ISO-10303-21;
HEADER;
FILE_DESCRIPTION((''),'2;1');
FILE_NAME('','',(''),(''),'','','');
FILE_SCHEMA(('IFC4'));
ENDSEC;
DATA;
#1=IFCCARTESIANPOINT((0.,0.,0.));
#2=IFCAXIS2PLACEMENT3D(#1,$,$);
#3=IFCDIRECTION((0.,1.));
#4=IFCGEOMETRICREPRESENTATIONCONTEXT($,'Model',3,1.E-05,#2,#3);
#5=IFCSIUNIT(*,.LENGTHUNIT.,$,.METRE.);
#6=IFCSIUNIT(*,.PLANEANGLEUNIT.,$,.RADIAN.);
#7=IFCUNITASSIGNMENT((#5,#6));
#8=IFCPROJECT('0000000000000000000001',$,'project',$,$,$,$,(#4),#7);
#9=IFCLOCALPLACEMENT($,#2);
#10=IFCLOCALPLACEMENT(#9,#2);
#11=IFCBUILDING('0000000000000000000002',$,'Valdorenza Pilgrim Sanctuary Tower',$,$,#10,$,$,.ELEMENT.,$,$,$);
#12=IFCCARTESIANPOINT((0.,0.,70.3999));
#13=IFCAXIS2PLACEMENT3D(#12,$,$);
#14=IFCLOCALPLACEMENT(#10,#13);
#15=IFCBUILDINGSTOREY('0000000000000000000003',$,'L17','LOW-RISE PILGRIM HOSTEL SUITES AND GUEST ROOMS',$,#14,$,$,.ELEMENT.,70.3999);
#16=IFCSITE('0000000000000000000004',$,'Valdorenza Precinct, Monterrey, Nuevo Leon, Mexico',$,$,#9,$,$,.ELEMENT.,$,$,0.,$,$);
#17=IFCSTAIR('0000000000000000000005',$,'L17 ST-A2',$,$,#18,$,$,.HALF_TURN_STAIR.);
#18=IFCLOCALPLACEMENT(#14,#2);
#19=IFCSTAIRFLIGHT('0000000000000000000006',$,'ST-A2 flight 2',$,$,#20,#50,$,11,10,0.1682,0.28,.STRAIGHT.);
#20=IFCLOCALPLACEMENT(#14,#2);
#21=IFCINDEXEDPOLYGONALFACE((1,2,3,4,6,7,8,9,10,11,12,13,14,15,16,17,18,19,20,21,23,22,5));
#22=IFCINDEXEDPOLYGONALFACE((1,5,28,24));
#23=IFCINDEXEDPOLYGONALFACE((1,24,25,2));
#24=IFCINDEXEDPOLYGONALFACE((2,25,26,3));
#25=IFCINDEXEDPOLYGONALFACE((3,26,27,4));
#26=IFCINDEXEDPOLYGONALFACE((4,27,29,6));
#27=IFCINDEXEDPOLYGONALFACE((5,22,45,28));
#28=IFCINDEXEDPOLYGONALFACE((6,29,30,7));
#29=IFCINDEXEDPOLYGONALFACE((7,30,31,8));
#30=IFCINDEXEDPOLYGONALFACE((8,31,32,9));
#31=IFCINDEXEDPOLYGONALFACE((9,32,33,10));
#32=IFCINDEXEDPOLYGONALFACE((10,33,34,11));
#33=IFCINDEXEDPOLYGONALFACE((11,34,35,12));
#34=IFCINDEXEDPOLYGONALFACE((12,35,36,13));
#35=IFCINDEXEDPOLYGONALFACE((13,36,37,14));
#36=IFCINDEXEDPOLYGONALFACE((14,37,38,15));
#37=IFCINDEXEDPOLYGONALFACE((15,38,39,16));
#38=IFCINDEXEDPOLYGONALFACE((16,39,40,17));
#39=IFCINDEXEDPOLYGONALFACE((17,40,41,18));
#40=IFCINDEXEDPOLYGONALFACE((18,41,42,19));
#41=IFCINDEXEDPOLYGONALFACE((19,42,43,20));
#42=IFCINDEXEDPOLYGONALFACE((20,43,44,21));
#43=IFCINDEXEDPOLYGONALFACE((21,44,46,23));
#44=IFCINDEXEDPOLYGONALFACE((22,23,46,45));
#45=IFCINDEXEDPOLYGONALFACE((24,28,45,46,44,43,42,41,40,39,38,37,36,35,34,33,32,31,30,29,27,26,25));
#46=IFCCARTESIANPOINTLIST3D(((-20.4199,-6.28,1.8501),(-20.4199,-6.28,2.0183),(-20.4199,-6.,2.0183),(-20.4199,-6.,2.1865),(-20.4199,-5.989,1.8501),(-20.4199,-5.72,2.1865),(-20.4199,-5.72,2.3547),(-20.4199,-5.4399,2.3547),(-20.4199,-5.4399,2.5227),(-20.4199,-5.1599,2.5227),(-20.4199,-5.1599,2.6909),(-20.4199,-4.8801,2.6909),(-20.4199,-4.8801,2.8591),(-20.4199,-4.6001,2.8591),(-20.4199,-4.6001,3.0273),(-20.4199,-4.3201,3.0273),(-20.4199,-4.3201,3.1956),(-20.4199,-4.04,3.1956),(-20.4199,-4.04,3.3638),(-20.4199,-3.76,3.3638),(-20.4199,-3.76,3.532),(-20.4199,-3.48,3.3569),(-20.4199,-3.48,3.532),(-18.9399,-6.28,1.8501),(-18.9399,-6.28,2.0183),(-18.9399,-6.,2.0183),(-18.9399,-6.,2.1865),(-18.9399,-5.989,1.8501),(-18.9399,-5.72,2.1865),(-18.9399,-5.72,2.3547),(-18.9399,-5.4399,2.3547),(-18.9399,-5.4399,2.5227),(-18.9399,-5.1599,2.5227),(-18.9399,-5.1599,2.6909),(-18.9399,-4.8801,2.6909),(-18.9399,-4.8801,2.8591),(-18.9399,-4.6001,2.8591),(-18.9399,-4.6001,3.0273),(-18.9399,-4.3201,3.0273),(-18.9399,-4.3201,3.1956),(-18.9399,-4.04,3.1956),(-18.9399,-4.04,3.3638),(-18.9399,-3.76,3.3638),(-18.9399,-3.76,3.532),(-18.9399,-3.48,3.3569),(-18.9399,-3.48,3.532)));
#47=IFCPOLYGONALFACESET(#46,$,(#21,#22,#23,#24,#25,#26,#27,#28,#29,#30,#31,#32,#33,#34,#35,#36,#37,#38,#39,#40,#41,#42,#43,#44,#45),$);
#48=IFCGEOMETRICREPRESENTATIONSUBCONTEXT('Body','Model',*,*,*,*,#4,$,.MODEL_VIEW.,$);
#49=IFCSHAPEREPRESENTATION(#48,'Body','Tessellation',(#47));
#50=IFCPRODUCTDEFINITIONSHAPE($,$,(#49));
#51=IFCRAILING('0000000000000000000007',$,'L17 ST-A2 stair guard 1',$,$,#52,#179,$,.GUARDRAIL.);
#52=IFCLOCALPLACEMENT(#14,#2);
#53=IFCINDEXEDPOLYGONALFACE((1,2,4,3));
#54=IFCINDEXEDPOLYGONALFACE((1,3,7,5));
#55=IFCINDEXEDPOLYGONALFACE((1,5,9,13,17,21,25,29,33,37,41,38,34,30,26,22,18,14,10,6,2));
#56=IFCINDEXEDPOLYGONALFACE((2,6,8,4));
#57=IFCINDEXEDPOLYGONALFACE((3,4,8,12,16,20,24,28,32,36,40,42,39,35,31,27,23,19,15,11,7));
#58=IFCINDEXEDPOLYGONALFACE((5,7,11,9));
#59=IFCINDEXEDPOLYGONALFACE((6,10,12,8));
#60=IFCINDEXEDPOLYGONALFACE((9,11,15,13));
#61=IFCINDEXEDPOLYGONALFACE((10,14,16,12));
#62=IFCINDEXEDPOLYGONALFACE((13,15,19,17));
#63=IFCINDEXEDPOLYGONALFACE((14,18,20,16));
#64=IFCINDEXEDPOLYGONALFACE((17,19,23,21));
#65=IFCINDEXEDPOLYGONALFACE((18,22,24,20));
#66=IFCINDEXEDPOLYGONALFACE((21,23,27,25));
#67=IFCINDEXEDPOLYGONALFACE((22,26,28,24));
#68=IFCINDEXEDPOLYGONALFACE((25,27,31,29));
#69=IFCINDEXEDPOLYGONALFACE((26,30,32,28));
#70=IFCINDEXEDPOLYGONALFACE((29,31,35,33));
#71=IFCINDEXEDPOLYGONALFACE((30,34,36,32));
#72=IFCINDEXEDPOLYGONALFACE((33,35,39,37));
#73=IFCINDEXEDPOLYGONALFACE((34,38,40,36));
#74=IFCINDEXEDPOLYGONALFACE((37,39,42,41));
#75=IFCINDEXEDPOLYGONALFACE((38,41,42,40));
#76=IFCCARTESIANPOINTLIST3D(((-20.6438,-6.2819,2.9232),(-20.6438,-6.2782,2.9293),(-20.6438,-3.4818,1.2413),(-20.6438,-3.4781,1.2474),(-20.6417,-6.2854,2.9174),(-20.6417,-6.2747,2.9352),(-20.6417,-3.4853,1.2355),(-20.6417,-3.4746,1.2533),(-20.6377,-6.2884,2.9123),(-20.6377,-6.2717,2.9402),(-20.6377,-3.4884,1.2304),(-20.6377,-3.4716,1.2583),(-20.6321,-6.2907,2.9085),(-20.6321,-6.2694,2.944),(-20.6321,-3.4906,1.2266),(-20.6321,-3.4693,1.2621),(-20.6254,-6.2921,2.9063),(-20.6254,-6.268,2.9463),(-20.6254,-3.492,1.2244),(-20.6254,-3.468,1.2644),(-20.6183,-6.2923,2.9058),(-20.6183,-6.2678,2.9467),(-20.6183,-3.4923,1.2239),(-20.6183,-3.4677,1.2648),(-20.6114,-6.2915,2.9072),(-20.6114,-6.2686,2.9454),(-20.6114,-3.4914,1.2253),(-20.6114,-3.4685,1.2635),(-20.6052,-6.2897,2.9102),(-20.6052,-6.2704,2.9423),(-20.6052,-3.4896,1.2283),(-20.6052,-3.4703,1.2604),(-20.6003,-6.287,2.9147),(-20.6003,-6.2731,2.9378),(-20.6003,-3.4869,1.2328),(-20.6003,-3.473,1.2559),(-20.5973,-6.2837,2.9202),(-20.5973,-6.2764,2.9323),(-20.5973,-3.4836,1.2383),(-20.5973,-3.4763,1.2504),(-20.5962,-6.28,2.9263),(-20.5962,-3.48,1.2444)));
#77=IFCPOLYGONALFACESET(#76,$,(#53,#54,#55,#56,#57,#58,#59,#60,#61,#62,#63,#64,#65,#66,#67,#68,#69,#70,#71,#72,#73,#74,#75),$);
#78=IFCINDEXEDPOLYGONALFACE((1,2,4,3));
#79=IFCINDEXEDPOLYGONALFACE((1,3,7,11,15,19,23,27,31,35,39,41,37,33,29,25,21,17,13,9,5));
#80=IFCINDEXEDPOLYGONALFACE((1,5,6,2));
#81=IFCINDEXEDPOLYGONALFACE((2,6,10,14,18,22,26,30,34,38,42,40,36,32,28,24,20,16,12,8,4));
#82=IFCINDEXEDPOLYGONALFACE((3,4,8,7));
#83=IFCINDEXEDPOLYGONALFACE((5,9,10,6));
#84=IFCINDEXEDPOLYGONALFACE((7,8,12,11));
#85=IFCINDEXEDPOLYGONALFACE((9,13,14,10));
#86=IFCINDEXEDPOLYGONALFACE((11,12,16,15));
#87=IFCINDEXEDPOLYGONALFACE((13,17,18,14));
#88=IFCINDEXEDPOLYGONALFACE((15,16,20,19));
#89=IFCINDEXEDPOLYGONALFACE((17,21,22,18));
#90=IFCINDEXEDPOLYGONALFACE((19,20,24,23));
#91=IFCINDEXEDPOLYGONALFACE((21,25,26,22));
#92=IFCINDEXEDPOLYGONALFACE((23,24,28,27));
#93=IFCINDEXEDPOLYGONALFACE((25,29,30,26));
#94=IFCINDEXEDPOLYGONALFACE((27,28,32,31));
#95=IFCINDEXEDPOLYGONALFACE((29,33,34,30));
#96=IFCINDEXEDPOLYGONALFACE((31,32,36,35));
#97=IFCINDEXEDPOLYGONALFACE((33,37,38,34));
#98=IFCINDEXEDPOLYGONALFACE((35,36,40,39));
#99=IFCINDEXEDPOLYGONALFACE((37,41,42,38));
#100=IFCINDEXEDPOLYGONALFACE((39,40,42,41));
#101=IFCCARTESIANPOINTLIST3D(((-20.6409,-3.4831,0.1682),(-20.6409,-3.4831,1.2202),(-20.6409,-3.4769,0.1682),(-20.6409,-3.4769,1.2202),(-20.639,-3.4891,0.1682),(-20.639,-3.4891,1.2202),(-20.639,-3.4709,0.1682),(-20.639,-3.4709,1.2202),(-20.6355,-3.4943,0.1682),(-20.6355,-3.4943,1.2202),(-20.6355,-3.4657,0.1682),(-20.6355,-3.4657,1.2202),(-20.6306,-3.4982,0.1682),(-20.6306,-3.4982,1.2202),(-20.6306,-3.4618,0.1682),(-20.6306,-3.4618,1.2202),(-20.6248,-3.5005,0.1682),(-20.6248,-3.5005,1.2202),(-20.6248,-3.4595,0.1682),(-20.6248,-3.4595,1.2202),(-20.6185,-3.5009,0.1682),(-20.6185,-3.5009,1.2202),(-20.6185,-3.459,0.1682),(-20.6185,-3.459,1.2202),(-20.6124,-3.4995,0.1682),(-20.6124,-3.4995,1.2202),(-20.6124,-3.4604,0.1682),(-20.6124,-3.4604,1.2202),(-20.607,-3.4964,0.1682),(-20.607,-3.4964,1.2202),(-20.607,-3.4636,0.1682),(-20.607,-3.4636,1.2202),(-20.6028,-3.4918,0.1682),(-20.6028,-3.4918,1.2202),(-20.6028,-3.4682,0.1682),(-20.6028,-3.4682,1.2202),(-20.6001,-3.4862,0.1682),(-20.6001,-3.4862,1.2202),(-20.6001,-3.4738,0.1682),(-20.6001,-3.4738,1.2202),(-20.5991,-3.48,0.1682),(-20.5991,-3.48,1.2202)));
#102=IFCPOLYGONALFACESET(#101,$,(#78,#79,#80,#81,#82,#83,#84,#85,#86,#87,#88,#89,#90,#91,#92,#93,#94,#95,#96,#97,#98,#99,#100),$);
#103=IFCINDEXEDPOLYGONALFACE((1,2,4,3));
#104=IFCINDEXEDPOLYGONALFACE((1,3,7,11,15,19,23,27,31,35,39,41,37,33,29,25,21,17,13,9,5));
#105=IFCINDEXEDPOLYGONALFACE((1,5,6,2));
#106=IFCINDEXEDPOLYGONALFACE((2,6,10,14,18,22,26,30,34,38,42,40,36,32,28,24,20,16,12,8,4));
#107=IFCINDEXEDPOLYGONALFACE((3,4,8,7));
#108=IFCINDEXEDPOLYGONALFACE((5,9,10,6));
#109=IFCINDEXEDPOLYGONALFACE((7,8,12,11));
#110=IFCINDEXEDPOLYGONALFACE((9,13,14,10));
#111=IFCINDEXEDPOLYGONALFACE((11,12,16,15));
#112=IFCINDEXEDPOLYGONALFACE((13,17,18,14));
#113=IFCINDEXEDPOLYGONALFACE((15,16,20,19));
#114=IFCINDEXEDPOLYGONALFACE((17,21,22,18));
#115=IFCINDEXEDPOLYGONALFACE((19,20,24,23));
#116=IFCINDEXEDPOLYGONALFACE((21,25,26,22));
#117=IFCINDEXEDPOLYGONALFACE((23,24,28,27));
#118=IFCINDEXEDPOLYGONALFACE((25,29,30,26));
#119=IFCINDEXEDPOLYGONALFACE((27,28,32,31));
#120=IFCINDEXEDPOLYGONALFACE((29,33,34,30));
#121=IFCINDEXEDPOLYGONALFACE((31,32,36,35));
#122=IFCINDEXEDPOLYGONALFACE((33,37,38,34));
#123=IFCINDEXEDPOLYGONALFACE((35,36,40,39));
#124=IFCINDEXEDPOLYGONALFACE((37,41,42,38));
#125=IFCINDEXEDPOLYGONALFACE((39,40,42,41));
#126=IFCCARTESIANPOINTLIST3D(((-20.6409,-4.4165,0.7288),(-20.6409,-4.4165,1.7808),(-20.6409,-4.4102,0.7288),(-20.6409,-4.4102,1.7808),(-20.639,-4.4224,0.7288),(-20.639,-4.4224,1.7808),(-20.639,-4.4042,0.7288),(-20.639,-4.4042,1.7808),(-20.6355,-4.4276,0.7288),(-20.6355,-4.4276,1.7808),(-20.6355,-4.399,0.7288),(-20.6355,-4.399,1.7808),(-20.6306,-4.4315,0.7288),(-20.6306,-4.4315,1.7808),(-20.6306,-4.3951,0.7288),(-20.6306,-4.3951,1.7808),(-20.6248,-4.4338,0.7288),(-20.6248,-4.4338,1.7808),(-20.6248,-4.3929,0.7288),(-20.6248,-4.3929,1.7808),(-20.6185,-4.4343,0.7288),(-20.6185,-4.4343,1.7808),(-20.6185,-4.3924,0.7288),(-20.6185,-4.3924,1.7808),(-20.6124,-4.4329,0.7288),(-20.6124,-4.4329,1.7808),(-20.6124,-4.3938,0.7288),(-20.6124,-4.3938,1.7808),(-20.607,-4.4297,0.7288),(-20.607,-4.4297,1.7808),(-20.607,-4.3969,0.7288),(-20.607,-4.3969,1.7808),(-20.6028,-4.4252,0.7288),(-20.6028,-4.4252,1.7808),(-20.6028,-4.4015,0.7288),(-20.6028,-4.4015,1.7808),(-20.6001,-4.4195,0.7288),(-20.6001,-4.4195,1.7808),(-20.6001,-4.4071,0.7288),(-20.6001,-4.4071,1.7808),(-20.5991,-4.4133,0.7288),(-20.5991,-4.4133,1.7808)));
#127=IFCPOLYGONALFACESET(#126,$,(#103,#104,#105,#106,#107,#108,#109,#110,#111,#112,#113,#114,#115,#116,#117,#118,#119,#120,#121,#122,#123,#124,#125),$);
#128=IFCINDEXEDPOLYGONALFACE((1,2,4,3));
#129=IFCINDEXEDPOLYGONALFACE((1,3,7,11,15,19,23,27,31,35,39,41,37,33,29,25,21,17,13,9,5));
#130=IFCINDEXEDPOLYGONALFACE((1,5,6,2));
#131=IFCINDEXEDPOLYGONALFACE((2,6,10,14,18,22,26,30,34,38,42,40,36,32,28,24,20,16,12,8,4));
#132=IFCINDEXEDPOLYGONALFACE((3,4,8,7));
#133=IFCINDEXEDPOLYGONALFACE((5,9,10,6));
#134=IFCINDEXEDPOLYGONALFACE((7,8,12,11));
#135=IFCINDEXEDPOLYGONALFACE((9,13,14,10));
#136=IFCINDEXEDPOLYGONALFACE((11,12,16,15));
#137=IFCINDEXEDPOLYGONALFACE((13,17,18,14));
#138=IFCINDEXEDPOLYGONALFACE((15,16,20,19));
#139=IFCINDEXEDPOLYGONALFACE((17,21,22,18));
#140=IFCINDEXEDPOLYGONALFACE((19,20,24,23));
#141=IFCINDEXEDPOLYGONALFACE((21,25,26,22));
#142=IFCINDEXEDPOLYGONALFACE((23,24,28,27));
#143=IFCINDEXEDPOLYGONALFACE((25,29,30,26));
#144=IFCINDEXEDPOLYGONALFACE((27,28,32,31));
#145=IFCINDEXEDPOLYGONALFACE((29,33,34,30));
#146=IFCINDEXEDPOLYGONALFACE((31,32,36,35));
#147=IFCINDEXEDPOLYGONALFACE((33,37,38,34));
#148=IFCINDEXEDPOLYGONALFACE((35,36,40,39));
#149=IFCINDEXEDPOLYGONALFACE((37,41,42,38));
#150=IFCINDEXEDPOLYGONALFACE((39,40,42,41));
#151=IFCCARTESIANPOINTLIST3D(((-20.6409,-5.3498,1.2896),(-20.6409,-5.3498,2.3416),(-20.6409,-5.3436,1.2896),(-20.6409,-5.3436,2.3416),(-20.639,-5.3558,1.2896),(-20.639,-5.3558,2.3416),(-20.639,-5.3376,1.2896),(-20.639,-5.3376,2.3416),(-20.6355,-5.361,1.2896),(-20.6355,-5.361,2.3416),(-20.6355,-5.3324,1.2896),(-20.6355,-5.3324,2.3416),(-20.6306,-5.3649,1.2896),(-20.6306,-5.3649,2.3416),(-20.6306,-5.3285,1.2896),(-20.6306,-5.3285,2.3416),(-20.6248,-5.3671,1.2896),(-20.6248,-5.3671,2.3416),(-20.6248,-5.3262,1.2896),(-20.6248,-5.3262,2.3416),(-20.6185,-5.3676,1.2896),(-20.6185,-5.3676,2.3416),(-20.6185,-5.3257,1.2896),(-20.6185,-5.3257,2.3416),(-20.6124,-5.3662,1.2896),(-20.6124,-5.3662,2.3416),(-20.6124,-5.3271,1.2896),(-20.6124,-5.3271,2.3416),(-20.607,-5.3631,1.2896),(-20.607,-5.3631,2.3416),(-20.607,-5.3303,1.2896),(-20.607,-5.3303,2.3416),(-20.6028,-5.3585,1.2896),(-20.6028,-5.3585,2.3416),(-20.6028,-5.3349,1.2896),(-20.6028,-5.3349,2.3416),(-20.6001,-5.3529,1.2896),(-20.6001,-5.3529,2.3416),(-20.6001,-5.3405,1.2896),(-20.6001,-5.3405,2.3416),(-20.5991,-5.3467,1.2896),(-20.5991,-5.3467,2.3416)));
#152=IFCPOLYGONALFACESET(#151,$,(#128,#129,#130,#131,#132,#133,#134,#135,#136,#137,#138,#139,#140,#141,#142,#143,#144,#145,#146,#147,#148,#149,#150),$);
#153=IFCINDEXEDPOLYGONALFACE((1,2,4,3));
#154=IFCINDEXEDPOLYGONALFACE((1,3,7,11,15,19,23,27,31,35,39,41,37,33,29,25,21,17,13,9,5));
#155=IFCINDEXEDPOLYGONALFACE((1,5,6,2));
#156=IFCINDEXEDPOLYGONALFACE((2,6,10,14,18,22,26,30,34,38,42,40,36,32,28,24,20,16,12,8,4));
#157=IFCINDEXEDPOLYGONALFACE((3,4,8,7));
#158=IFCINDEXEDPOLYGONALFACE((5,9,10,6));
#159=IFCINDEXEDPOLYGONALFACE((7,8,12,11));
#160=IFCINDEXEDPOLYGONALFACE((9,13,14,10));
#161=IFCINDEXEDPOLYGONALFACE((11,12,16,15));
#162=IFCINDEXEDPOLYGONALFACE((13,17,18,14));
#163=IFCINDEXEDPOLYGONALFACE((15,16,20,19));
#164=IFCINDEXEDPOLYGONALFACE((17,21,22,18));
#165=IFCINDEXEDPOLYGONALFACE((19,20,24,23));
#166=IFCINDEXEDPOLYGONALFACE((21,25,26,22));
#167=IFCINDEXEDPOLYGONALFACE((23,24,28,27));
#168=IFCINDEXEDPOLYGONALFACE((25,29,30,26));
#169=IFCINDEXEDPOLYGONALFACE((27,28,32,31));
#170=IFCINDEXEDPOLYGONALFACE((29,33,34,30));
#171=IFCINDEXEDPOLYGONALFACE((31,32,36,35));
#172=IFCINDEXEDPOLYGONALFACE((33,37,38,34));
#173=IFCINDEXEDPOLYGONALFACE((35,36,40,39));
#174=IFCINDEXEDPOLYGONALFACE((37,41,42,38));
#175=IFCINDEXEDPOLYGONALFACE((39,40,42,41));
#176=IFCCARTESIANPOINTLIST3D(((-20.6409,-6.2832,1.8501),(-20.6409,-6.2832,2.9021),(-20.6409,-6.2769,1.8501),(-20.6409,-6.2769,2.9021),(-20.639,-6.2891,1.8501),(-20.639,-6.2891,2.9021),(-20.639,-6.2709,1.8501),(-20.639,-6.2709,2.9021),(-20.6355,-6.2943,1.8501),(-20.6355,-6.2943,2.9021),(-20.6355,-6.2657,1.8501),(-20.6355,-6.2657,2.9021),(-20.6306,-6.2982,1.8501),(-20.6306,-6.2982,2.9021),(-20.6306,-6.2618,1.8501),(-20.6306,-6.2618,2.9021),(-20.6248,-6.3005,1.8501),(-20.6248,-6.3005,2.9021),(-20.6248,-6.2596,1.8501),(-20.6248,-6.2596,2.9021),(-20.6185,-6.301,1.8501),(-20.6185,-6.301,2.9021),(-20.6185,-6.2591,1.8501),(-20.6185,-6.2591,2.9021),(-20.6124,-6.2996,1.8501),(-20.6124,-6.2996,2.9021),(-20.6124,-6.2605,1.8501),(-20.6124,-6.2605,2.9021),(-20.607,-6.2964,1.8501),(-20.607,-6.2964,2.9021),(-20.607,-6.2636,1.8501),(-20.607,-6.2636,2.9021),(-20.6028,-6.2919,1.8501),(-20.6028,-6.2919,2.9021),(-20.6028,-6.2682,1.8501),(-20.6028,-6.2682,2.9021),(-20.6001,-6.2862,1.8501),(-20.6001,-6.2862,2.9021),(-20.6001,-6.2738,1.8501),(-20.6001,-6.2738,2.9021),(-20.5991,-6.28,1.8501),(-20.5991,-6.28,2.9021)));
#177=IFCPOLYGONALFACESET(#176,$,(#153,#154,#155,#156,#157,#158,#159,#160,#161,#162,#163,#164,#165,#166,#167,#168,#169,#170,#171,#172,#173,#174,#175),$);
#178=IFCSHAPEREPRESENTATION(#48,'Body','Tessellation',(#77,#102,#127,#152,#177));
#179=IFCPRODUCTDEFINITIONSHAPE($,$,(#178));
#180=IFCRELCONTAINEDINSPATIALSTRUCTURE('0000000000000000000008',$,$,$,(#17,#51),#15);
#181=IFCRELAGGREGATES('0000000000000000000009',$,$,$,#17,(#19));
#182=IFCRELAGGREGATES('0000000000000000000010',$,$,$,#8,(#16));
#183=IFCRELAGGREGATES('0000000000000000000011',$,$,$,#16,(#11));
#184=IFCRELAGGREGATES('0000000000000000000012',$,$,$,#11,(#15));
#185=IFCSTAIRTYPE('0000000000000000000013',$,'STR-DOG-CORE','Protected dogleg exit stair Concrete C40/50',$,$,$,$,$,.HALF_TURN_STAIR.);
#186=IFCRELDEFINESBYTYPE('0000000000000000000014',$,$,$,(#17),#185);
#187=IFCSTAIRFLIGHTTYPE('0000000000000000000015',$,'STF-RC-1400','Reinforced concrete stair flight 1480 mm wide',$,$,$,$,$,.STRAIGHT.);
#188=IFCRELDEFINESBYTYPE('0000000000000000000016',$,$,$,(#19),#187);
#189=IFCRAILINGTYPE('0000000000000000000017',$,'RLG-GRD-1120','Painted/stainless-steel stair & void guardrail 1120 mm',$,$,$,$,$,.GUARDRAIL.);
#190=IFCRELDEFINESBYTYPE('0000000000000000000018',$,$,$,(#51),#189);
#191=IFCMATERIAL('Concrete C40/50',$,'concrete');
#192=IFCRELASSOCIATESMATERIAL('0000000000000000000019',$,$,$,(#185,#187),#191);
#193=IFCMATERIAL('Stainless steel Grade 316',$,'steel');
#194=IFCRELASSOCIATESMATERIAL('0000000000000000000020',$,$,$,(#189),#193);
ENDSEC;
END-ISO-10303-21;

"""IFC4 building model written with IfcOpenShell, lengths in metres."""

from ifc_helpers import new_model, si_unit, direction, frame, origin, origin_2d, place, context, subcontext, project, spatial, polyline, circle, outline, extrude, material, type_object, element, aggregate, save


model = new_model("IFC4")

# Units and contexts
model_context = context("Model", 3, precision=1e-05, world=origin(), true_north=direction((0.0, 1.0)))
body_context = subcontext(model_context, "Body", "Model", "MODEL_VIEW")
ifc_project = project(units=[si_unit("LENGTHUNIT", "METRE"), si_unit("PLANEANGLEUNIT", "RADIAN")], contexts=[model_context])

# Site, building, storey
site_placement = place(None, origin())
site = spatial("IfcSite", under=ifc_project, at=site_placement, Name="Valdorenza Precinct, Monterrey, Nuevo Leon, Mexico", CompositionType="ELEMENT", RefElevation=0.0)
building_placement = place(site_placement, origin())
building = spatial("IfcBuilding", under=site, at=building_placement, Name="Valdorenza Pilgrim Sanctuary Tower", CompositionType="ELEMENT")
storey_placement = place(building_placement, frame((0.0, 0.0, 70.3999)))
storey = spatial("IfcBuildingStorey", under=building, at=storey_placement, Name="L17", Description="LOW-RISE PILGRIM HOSTEL SUITES AND GUEST ROOMS", CompositionType="ELEMENT", Elevation=70.3999)

# Shared definitions
ifc_material_1 = material(Name="Concrete C40/50", Category="concrete")

# Stair, stair flight
stair_type = type_object("IfcStairType", Name="STR-DOG-CORE", Description="Protected dogleg exit stair Concrete C40/50", PredefinedType="HALF_TURN_STAIR", material=ifc_material_1)
stair_placement = place(storey_placement, origin())
stair = element("IfcStair", 1, at=stair_placement, inside=storey, type_object=stair_type, Name="L17 ST-A2", PredefinedType="HALF_TURN_STAIR")
stair_flight_type = type_object("IfcStairFlightType", Name="STF-RC-1400", Description="Reinforced concrete stair flight 1480 mm wide", PredefinedType="STRAIGHT", material=ifc_material_1)
stair_flight_1_placement = place(storey_placement, frame((-19.6799, -6.28, 1.8501), z_axis=(0.0, 0.0, 1.0), x_axis=(0.0, 1.0, 0.0)))
stair_flight_1 = element("IfcStairFlight", 2, at=stair_flight_1_placement, type_object=stair_flight_type, Name="ST-A2 flight 2", NumberOfRisers=11, NumberOfTreads=10, PredefinedType="STRAIGHT", RiserHeight=0.1682, TreadLength=0.28, context=body_context, shape_type="SweptSolid", body=[
    extrude(outline(polyline([(0.0, 0.0), (0.0, 0.1682), (0.28, 0.1682), (0.28, 0.3364), (0.5601, 0.3364), (0.5601, 0.5046), (0.8401, 0.5046), (0.8401, 0.6726), (1.1201, 0.6726), (1.1201, 0.8408), (1.3999, 0.8408), (1.3999, 1.009), (1.6799, 1.009), (1.6799, 1.1772), (1.96, 1.1772), (1.96, 1.3455), (2.24, 1.3455), (2.24, 1.5137), (2.52, 1.5137), (2.52, 1.6819), (2.8, 1.6819), (2.8, 1.8501), (2.8, 1.5068), (0.291, 0.0), (0.0, 0.0)])), frame((0.0, 0.74, 0.0), z_axis=(0.0, -1.0, 0.0), x_axis=(1.0, 0.0, 0.0)), (0.0, 0.0, 1.0), 1.48),
])
aggregate(stair, [stair_flight_1])

# Railing
ifc_material_2 = material(Name="Stainless steel Grade 316", Category="steel")
railing_type_1 = type_object("IfcRailingType", Name="RLG-GRD-1120", Description="Painted/stainless-steel stair & void guardrail 1120 mm", PredefinedType="GUARDRAIL", material=ifc_material_2)
railing_1_placement = place(storey_placement, frame((-20.6201, -3.48, 0.1682)))
element("IfcRailing", 3, at=railing_1_placement, inside=storey, type_object=railing_type_1, Name="L17 ST-A2 stair guard 1", PredefinedType="GUARDRAIL", context=body_context, shape_type="SweptSolid", body=[
    extrude(circle(Radius=0.0239, at=origin_2d()), frame((0.0, 0.0, 1.0762), z_axis=(0.0, -0.857242, 0.514913), x_axis=(1.0, 0.0, 0.0)), (0.0, 0.0, 1.0), 3.2664),
    extrude(circle(Radius=0.021, at=origin_2d()), origin(), (0.0, 0.0, 1.0), 1.052),
    extrude(circle(Radius=0.021, at=origin_2d()), frame((0.0, -0.9333, 0.5605)), (0.0, 0.0, 1.0), 1.052),
    extrude(circle(Radius=0.021, at=origin_2d()), frame((0.0, -1.8667, 1.1213)), (0.0, 0.0, 1.0), 1.052),
    extrude(circle(Radius=0.021, at=origin_2d()), frame((0.0, -2.8, 1.6819)), (0.0, 0.0, 1.0), 1.052),
])

save(model, "model.ifc")
